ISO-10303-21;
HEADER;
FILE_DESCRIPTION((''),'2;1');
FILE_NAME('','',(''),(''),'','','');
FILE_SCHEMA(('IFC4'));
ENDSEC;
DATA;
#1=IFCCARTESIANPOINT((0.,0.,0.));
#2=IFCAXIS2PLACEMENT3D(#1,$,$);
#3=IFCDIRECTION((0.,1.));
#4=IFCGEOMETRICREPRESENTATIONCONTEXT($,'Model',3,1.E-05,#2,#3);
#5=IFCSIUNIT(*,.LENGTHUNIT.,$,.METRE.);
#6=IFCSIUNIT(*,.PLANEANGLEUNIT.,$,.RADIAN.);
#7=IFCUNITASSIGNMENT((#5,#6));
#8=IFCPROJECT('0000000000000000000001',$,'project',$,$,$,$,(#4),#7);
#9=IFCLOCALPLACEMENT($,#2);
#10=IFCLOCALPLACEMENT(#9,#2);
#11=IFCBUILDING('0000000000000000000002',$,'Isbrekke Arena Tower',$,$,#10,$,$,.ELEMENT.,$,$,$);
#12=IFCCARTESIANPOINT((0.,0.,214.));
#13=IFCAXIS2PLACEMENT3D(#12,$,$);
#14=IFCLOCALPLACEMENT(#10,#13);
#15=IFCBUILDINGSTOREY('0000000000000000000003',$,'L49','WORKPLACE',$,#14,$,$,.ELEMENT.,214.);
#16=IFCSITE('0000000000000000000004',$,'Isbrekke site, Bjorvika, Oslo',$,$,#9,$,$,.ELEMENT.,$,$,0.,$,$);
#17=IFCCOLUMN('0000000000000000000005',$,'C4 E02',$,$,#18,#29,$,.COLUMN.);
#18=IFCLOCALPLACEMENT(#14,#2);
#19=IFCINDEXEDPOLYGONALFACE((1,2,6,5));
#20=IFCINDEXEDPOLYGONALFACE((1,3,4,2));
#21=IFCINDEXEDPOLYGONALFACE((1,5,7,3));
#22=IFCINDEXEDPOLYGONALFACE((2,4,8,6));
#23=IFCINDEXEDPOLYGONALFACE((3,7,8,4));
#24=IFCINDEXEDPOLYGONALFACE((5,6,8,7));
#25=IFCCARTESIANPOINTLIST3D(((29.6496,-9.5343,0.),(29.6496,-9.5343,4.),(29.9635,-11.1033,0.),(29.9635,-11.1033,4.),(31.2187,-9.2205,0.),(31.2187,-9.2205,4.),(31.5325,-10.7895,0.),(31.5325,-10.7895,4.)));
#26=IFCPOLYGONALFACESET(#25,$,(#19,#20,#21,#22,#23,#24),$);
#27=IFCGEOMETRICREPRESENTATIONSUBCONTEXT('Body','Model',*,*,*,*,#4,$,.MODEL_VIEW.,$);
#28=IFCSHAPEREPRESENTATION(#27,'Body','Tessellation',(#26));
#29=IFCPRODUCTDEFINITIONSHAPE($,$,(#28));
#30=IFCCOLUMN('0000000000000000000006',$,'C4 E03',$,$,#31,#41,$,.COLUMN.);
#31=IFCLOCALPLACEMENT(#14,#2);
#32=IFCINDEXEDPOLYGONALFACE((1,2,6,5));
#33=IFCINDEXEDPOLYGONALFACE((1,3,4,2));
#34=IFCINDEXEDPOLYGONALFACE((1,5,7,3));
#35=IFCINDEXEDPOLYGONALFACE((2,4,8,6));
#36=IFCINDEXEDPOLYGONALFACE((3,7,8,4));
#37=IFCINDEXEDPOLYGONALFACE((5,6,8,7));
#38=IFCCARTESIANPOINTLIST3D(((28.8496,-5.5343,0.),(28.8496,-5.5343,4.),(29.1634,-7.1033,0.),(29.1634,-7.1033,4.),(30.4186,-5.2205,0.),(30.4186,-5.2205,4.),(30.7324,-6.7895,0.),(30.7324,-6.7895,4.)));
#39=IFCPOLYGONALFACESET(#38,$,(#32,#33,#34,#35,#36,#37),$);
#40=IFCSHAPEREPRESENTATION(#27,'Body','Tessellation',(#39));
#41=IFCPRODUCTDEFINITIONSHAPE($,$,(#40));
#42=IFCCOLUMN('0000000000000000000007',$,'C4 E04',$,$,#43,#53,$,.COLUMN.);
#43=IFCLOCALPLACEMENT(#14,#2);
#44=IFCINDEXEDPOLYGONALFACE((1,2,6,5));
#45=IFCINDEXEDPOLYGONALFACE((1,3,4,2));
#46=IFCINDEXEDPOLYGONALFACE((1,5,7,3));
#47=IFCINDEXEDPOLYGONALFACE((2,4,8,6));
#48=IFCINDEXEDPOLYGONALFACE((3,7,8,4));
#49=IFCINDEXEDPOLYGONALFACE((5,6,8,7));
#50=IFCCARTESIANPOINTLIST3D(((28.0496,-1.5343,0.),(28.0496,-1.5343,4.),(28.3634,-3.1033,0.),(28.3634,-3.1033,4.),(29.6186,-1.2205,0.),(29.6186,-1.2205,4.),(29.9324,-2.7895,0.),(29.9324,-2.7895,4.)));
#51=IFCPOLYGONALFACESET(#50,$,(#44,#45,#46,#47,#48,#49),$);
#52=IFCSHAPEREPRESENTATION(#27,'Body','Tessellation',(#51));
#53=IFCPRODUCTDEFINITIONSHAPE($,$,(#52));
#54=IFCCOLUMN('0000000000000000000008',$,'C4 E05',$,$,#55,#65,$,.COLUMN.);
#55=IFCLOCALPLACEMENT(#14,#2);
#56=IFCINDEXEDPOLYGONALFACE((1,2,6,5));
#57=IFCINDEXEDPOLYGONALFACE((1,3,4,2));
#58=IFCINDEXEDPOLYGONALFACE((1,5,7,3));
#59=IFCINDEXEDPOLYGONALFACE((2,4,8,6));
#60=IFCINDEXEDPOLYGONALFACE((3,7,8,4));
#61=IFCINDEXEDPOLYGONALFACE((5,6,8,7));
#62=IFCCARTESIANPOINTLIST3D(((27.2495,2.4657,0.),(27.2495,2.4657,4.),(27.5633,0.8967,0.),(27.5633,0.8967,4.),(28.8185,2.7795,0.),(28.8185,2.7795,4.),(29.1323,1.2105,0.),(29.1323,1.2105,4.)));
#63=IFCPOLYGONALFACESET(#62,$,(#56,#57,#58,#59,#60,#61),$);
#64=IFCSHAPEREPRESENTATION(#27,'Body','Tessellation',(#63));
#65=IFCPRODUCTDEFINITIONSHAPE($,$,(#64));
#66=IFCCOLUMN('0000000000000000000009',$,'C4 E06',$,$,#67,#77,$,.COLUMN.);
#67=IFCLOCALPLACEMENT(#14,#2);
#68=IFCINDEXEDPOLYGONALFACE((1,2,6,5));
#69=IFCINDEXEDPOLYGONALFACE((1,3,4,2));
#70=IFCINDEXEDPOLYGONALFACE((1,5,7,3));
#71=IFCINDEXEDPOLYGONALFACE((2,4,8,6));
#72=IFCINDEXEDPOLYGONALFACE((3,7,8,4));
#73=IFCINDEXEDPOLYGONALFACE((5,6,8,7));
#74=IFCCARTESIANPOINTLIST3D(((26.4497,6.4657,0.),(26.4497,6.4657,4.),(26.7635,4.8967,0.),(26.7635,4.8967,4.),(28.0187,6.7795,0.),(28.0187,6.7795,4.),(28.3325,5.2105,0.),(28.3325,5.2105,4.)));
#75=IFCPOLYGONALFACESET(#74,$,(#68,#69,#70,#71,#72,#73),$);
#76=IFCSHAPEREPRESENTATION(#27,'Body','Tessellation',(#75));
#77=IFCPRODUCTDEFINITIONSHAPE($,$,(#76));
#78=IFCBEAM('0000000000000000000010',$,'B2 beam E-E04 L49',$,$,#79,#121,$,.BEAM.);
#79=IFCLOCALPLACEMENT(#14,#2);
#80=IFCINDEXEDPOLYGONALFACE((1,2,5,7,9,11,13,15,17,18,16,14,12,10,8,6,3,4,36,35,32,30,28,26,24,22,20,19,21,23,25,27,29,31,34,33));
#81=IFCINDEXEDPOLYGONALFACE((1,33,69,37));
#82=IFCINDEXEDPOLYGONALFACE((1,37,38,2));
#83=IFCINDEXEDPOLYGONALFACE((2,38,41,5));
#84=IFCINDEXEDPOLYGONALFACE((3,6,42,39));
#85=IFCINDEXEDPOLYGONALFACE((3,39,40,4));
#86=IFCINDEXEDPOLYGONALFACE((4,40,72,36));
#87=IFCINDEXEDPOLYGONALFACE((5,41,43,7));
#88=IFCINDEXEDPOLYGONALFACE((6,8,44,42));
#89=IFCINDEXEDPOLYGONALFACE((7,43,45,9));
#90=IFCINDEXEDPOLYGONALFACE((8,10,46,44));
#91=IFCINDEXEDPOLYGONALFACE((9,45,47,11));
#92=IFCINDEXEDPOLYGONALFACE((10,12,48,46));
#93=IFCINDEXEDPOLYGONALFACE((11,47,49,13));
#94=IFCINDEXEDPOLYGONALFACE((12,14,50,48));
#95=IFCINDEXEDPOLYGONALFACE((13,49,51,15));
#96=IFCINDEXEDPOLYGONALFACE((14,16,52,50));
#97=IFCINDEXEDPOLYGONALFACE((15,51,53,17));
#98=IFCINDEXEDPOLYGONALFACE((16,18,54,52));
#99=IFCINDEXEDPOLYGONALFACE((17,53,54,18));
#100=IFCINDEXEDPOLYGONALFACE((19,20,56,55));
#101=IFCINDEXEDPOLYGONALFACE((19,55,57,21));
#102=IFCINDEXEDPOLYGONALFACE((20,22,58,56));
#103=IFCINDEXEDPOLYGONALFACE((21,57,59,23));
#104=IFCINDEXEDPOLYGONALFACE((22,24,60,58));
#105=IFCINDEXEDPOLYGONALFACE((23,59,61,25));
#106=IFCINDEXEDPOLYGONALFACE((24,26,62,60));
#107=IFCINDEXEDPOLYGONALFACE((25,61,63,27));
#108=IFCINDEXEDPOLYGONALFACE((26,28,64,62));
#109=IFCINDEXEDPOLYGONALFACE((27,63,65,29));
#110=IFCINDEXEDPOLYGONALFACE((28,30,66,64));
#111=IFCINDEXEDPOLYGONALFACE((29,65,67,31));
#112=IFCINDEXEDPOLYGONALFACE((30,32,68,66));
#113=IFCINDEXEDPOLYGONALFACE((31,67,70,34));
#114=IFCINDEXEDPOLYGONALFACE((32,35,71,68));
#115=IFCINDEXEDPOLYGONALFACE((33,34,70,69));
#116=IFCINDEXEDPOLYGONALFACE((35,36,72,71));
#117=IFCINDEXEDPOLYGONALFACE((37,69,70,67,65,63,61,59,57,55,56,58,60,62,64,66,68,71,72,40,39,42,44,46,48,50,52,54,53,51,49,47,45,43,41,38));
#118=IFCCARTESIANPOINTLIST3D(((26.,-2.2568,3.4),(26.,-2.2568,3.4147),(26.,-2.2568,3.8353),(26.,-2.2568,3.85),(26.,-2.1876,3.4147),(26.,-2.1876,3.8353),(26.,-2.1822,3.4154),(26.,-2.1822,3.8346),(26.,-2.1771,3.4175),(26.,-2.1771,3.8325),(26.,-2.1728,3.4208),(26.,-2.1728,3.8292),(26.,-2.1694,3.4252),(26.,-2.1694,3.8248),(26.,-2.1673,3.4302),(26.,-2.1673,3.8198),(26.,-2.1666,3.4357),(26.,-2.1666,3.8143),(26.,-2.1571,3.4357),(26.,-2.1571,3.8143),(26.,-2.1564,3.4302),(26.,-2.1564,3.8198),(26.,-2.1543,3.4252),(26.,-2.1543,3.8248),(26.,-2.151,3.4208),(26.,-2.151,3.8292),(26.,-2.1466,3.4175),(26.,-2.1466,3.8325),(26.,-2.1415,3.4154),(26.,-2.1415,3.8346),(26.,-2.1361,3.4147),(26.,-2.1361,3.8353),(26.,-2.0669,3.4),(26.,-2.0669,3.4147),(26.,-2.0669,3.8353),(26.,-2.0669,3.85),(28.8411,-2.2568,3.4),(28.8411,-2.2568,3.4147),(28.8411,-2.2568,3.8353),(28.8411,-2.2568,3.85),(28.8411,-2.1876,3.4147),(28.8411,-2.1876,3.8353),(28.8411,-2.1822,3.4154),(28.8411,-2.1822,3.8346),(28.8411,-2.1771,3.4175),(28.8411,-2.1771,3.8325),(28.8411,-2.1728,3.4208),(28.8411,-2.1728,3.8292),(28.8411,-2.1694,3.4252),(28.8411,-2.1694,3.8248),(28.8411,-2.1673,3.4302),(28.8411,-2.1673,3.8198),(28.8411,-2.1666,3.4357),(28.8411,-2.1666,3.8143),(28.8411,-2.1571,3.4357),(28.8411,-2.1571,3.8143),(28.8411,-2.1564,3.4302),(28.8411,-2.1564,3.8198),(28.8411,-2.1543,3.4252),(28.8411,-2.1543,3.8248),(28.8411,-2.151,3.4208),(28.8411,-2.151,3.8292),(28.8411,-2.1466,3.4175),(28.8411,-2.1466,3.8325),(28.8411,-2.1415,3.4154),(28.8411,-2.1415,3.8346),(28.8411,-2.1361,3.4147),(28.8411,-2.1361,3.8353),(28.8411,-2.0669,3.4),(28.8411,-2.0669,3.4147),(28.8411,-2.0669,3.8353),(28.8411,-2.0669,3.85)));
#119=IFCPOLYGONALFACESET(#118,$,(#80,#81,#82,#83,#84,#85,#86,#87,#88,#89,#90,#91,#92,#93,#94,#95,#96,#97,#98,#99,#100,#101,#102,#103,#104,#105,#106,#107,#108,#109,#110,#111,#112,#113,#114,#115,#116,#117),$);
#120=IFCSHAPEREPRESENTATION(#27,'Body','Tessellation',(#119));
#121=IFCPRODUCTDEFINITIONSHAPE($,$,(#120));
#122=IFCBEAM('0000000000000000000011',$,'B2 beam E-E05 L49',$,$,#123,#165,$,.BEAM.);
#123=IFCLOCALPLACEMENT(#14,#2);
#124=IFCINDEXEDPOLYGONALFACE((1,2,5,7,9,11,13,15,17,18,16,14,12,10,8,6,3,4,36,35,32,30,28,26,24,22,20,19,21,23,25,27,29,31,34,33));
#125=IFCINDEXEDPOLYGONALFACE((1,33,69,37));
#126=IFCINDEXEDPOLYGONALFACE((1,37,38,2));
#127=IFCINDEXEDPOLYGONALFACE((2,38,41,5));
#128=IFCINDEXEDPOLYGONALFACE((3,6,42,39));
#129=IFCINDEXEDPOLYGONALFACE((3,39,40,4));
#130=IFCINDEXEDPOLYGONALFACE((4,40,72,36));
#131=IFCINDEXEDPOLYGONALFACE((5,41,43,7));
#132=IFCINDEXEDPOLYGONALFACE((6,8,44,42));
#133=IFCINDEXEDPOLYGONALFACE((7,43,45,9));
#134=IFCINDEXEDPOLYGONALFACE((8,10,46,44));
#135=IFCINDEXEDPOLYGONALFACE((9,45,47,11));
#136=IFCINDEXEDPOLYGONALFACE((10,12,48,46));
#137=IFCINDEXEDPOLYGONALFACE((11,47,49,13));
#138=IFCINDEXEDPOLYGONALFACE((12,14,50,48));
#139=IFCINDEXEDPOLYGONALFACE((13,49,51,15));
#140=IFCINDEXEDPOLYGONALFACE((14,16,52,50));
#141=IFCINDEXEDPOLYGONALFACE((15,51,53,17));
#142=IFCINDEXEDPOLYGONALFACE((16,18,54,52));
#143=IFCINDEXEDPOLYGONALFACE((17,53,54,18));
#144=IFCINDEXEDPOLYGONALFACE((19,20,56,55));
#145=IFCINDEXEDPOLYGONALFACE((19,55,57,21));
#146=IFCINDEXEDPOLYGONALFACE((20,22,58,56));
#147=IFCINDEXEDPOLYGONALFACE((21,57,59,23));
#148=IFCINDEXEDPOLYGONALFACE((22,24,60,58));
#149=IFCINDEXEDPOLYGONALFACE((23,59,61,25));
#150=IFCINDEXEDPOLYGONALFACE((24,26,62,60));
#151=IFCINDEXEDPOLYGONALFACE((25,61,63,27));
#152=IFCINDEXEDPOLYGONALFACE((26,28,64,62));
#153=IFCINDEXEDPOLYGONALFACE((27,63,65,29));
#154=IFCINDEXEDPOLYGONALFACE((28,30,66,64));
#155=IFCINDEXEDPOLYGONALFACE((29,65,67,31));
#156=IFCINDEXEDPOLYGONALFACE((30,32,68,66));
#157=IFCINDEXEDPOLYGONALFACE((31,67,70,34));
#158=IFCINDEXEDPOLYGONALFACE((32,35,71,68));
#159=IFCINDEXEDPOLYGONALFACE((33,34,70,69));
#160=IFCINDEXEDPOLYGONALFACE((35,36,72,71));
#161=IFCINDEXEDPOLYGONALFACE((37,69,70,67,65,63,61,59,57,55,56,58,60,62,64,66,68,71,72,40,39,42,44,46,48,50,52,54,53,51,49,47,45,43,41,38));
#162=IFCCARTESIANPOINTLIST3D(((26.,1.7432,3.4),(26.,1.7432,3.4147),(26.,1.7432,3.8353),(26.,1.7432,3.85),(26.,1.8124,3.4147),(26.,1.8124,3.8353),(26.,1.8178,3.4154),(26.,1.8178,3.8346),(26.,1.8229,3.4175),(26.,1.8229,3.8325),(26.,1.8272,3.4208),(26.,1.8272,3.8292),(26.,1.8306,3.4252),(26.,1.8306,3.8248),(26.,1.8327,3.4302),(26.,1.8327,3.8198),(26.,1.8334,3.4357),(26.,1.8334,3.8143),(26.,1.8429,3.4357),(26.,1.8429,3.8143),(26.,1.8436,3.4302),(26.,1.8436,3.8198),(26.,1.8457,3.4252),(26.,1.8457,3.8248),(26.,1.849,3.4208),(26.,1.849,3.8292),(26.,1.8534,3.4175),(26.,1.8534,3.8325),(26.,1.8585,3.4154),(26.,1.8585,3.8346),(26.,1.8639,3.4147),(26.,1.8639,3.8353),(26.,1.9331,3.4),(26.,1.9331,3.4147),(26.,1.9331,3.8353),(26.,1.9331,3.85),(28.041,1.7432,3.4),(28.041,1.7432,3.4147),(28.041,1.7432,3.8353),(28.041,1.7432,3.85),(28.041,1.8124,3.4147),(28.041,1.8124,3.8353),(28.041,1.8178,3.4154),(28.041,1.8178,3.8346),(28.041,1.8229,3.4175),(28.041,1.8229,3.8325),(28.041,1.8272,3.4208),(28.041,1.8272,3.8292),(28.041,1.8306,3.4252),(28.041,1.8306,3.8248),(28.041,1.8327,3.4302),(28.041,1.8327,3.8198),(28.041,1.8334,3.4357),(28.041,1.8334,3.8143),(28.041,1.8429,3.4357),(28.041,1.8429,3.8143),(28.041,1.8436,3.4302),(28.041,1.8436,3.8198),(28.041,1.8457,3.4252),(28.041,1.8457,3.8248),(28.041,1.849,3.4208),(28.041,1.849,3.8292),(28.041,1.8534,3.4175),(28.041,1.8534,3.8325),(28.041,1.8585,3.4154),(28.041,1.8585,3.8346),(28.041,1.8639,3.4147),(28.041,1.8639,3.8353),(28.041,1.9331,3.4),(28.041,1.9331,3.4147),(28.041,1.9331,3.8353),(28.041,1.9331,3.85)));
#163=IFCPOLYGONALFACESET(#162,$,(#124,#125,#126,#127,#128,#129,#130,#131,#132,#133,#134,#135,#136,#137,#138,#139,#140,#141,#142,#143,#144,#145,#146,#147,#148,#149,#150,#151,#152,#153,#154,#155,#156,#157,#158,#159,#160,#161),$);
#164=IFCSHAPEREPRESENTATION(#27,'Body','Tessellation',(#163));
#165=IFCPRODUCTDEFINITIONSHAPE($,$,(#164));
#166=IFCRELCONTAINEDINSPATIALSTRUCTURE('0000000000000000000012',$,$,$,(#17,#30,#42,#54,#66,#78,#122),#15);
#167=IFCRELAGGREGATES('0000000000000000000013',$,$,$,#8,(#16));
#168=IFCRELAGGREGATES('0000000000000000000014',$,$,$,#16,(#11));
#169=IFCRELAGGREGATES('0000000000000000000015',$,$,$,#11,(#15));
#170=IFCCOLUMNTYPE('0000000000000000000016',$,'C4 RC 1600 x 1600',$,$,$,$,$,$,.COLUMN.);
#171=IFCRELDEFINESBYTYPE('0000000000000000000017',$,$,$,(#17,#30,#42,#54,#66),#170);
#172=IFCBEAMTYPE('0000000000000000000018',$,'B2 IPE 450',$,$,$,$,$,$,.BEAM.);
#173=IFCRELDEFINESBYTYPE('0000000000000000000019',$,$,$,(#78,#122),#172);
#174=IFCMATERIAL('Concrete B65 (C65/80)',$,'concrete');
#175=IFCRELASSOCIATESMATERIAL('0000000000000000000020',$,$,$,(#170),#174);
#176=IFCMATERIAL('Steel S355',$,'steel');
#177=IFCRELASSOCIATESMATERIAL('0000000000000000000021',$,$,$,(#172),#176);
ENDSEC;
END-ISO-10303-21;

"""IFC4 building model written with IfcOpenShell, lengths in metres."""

from ifc_helpers import new_model, si_unit, direction, frame, origin, origin_2d, place, context, subcontext, project, spatial, rectangle, i_section, extrude, material, material_profile, profile_set, type_object, element, save


model = new_model("IFC4")

# Units and contexts
model_context = context("Model", 3, precision=1e-05, world=origin(), true_north=direction((0.0, 1.0)))
body_context = subcontext(model_context, "Body", "Model", "MODEL_VIEW")
ifc_project = project(units=[si_unit("LENGTHUNIT", "METRE"), si_unit("PLANEANGLEUNIT", "RADIAN")], contexts=[model_context])

# Site, building, storey
site_placement = place(None, origin())
site = spatial("IfcSite", under=ifc_project, at=site_placement, Name="Isbrekke site, Bjorvika, Oslo", CompositionType="ELEMENT", RefElevation=0.0)
building_placement = place(site_placement, origin())
building = spatial("IfcBuilding", under=site, at=building_placement, Name="Isbrekke Arena Tower", CompositionType="ELEMENT")
storey_placement = place(building_placement, frame((0.0, 0.0, 214.0)))
storey = spatial("IfcBuildingStorey", under=building, at=storey_placement, Name="L49", Description="WORKPLACE", CompositionType="ELEMENT", Elevation=214.0)

# Columns
ifc_material_1 = material(Name="Concrete B65 (C65/80)", Category="concrete")
ifc_material_profile_1 = material_profile(ifc_material_1, rectangle(XDim=1.6001, YDim=1.6001, at=origin_2d()), Name="RC 1600x1600")
ifc_profile_set_1 = profile_set([ifc_material_profile_1], Name="Concrete B65 (C65/80)")
column_type = type_object("IfcColumnType", Name="C4 RC 1600 x 1600", PredefinedType="COLUMN", material=ifc_profile_set_1)
for number, where, z_axis, x_axis, name in (
    (1, (30.5911, -10.1619, 0.0), (0.0, 0.0, 1.0), (-0.196116, 0.980581, 0.0), "C4 E02"),
    (2, (29.791, -6.1619, 0.0), (0.0, 0.0, 1.0), (-0.196116, 0.980581, 0.0), "C4 E03"),
    (3, (28.991, -2.1619, 0.0), (0.0, 0.0, 1.0), (-0.196116, 0.980581, 0.0), "C4 E04"),
    (4, (28.1909, 1.8381, 0.0), (0.0, 0.0, 1.0), (-0.196116, 0.980581, 0.0), "C4 E05"),
    (5, (27.3911, 5.8381, 0.0), (0.0, 0.0, 1.0), (-0.196116, 0.980581, 0.0), "C4 E06"),
):
    element("IfcColumn", number, at=place(storey_placement, frame(where, z_axis=z_axis, x_axis=x_axis)), inside=storey, type_object=column_type, Name=name, PredefinedType="COLUMN", context=body_context, shape_type="SweptSolid", body=[
        extrude(rectangle(XDim=1.6001, YDim=1.6001, at=origin_2d()), origin(), (0.0, 0.0, 1.0), 4.0),
    ])

# Beams
ifc_material_2 = material(Name="Steel S355", Category="steel")
ifc_material_profile_2 = material_profile(ifc_material_2, i_section(OverallWidth=0.1899, OverallDepth=0.45, WebThickness=0.0095, FlangeThickness=0.0146, FilletRadius=0.021, at=origin_2d()), Name="IPE 450")
ifc_profile_set_2 = profile_set([ifc_material_profile_2], Name="Steel S355")
beam_type_1 = type_object("IfcBeamType", Name="B2 IPE 450", PredefinedType="BEAM", material=ifc_profile_set_2)
beam_1_placement = place(storey_placement, frame((28.8411, -2.1619, 3.625), z_axis=(-1.0, 0.0, 0.0), x_axis=(0.0, -1.0, 0.0)))
element("IfcBeam", 6, at=beam_1_placement, inside=storey, type_object=beam_type_1, Name="B2 beam E-E04 L49", PredefinedType="BEAM", context=body_context, shape_type="SweptSolid", body=[
    extrude(i_section(OverallWidth=0.1899, OverallDepth=0.45, WebThickness=0.0095, FlangeThickness=0.0146, FilletRadius=0.021, at=origin_2d()), origin(), (0.0, 0.0, 1.0), 2.8411),
])
beam_2_placement = place(storey_placement, frame((28.041, 1.8381, 3.625), z_axis=(-1.0, 0.0, 0.0), x_axis=(0.0, -1.0, 0.0)))
element("IfcBeam", 7, at=beam_2_placement, inside=storey, type_object=beam_type_1, Name="B2 beam E-E05 L49", PredefinedType="BEAM", context=body_context, shape_type="SweptSolid", body=[
    extrude(i_section(OverallWidth=0.1899, OverallDepth=0.45, WebThickness=0.0095, FlangeThickness=0.0146, FilletRadius=0.021, at=origin_2d()), origin(), (0.0, 0.0, 1.0), 2.041),
])

save(model, "model.ifc")
